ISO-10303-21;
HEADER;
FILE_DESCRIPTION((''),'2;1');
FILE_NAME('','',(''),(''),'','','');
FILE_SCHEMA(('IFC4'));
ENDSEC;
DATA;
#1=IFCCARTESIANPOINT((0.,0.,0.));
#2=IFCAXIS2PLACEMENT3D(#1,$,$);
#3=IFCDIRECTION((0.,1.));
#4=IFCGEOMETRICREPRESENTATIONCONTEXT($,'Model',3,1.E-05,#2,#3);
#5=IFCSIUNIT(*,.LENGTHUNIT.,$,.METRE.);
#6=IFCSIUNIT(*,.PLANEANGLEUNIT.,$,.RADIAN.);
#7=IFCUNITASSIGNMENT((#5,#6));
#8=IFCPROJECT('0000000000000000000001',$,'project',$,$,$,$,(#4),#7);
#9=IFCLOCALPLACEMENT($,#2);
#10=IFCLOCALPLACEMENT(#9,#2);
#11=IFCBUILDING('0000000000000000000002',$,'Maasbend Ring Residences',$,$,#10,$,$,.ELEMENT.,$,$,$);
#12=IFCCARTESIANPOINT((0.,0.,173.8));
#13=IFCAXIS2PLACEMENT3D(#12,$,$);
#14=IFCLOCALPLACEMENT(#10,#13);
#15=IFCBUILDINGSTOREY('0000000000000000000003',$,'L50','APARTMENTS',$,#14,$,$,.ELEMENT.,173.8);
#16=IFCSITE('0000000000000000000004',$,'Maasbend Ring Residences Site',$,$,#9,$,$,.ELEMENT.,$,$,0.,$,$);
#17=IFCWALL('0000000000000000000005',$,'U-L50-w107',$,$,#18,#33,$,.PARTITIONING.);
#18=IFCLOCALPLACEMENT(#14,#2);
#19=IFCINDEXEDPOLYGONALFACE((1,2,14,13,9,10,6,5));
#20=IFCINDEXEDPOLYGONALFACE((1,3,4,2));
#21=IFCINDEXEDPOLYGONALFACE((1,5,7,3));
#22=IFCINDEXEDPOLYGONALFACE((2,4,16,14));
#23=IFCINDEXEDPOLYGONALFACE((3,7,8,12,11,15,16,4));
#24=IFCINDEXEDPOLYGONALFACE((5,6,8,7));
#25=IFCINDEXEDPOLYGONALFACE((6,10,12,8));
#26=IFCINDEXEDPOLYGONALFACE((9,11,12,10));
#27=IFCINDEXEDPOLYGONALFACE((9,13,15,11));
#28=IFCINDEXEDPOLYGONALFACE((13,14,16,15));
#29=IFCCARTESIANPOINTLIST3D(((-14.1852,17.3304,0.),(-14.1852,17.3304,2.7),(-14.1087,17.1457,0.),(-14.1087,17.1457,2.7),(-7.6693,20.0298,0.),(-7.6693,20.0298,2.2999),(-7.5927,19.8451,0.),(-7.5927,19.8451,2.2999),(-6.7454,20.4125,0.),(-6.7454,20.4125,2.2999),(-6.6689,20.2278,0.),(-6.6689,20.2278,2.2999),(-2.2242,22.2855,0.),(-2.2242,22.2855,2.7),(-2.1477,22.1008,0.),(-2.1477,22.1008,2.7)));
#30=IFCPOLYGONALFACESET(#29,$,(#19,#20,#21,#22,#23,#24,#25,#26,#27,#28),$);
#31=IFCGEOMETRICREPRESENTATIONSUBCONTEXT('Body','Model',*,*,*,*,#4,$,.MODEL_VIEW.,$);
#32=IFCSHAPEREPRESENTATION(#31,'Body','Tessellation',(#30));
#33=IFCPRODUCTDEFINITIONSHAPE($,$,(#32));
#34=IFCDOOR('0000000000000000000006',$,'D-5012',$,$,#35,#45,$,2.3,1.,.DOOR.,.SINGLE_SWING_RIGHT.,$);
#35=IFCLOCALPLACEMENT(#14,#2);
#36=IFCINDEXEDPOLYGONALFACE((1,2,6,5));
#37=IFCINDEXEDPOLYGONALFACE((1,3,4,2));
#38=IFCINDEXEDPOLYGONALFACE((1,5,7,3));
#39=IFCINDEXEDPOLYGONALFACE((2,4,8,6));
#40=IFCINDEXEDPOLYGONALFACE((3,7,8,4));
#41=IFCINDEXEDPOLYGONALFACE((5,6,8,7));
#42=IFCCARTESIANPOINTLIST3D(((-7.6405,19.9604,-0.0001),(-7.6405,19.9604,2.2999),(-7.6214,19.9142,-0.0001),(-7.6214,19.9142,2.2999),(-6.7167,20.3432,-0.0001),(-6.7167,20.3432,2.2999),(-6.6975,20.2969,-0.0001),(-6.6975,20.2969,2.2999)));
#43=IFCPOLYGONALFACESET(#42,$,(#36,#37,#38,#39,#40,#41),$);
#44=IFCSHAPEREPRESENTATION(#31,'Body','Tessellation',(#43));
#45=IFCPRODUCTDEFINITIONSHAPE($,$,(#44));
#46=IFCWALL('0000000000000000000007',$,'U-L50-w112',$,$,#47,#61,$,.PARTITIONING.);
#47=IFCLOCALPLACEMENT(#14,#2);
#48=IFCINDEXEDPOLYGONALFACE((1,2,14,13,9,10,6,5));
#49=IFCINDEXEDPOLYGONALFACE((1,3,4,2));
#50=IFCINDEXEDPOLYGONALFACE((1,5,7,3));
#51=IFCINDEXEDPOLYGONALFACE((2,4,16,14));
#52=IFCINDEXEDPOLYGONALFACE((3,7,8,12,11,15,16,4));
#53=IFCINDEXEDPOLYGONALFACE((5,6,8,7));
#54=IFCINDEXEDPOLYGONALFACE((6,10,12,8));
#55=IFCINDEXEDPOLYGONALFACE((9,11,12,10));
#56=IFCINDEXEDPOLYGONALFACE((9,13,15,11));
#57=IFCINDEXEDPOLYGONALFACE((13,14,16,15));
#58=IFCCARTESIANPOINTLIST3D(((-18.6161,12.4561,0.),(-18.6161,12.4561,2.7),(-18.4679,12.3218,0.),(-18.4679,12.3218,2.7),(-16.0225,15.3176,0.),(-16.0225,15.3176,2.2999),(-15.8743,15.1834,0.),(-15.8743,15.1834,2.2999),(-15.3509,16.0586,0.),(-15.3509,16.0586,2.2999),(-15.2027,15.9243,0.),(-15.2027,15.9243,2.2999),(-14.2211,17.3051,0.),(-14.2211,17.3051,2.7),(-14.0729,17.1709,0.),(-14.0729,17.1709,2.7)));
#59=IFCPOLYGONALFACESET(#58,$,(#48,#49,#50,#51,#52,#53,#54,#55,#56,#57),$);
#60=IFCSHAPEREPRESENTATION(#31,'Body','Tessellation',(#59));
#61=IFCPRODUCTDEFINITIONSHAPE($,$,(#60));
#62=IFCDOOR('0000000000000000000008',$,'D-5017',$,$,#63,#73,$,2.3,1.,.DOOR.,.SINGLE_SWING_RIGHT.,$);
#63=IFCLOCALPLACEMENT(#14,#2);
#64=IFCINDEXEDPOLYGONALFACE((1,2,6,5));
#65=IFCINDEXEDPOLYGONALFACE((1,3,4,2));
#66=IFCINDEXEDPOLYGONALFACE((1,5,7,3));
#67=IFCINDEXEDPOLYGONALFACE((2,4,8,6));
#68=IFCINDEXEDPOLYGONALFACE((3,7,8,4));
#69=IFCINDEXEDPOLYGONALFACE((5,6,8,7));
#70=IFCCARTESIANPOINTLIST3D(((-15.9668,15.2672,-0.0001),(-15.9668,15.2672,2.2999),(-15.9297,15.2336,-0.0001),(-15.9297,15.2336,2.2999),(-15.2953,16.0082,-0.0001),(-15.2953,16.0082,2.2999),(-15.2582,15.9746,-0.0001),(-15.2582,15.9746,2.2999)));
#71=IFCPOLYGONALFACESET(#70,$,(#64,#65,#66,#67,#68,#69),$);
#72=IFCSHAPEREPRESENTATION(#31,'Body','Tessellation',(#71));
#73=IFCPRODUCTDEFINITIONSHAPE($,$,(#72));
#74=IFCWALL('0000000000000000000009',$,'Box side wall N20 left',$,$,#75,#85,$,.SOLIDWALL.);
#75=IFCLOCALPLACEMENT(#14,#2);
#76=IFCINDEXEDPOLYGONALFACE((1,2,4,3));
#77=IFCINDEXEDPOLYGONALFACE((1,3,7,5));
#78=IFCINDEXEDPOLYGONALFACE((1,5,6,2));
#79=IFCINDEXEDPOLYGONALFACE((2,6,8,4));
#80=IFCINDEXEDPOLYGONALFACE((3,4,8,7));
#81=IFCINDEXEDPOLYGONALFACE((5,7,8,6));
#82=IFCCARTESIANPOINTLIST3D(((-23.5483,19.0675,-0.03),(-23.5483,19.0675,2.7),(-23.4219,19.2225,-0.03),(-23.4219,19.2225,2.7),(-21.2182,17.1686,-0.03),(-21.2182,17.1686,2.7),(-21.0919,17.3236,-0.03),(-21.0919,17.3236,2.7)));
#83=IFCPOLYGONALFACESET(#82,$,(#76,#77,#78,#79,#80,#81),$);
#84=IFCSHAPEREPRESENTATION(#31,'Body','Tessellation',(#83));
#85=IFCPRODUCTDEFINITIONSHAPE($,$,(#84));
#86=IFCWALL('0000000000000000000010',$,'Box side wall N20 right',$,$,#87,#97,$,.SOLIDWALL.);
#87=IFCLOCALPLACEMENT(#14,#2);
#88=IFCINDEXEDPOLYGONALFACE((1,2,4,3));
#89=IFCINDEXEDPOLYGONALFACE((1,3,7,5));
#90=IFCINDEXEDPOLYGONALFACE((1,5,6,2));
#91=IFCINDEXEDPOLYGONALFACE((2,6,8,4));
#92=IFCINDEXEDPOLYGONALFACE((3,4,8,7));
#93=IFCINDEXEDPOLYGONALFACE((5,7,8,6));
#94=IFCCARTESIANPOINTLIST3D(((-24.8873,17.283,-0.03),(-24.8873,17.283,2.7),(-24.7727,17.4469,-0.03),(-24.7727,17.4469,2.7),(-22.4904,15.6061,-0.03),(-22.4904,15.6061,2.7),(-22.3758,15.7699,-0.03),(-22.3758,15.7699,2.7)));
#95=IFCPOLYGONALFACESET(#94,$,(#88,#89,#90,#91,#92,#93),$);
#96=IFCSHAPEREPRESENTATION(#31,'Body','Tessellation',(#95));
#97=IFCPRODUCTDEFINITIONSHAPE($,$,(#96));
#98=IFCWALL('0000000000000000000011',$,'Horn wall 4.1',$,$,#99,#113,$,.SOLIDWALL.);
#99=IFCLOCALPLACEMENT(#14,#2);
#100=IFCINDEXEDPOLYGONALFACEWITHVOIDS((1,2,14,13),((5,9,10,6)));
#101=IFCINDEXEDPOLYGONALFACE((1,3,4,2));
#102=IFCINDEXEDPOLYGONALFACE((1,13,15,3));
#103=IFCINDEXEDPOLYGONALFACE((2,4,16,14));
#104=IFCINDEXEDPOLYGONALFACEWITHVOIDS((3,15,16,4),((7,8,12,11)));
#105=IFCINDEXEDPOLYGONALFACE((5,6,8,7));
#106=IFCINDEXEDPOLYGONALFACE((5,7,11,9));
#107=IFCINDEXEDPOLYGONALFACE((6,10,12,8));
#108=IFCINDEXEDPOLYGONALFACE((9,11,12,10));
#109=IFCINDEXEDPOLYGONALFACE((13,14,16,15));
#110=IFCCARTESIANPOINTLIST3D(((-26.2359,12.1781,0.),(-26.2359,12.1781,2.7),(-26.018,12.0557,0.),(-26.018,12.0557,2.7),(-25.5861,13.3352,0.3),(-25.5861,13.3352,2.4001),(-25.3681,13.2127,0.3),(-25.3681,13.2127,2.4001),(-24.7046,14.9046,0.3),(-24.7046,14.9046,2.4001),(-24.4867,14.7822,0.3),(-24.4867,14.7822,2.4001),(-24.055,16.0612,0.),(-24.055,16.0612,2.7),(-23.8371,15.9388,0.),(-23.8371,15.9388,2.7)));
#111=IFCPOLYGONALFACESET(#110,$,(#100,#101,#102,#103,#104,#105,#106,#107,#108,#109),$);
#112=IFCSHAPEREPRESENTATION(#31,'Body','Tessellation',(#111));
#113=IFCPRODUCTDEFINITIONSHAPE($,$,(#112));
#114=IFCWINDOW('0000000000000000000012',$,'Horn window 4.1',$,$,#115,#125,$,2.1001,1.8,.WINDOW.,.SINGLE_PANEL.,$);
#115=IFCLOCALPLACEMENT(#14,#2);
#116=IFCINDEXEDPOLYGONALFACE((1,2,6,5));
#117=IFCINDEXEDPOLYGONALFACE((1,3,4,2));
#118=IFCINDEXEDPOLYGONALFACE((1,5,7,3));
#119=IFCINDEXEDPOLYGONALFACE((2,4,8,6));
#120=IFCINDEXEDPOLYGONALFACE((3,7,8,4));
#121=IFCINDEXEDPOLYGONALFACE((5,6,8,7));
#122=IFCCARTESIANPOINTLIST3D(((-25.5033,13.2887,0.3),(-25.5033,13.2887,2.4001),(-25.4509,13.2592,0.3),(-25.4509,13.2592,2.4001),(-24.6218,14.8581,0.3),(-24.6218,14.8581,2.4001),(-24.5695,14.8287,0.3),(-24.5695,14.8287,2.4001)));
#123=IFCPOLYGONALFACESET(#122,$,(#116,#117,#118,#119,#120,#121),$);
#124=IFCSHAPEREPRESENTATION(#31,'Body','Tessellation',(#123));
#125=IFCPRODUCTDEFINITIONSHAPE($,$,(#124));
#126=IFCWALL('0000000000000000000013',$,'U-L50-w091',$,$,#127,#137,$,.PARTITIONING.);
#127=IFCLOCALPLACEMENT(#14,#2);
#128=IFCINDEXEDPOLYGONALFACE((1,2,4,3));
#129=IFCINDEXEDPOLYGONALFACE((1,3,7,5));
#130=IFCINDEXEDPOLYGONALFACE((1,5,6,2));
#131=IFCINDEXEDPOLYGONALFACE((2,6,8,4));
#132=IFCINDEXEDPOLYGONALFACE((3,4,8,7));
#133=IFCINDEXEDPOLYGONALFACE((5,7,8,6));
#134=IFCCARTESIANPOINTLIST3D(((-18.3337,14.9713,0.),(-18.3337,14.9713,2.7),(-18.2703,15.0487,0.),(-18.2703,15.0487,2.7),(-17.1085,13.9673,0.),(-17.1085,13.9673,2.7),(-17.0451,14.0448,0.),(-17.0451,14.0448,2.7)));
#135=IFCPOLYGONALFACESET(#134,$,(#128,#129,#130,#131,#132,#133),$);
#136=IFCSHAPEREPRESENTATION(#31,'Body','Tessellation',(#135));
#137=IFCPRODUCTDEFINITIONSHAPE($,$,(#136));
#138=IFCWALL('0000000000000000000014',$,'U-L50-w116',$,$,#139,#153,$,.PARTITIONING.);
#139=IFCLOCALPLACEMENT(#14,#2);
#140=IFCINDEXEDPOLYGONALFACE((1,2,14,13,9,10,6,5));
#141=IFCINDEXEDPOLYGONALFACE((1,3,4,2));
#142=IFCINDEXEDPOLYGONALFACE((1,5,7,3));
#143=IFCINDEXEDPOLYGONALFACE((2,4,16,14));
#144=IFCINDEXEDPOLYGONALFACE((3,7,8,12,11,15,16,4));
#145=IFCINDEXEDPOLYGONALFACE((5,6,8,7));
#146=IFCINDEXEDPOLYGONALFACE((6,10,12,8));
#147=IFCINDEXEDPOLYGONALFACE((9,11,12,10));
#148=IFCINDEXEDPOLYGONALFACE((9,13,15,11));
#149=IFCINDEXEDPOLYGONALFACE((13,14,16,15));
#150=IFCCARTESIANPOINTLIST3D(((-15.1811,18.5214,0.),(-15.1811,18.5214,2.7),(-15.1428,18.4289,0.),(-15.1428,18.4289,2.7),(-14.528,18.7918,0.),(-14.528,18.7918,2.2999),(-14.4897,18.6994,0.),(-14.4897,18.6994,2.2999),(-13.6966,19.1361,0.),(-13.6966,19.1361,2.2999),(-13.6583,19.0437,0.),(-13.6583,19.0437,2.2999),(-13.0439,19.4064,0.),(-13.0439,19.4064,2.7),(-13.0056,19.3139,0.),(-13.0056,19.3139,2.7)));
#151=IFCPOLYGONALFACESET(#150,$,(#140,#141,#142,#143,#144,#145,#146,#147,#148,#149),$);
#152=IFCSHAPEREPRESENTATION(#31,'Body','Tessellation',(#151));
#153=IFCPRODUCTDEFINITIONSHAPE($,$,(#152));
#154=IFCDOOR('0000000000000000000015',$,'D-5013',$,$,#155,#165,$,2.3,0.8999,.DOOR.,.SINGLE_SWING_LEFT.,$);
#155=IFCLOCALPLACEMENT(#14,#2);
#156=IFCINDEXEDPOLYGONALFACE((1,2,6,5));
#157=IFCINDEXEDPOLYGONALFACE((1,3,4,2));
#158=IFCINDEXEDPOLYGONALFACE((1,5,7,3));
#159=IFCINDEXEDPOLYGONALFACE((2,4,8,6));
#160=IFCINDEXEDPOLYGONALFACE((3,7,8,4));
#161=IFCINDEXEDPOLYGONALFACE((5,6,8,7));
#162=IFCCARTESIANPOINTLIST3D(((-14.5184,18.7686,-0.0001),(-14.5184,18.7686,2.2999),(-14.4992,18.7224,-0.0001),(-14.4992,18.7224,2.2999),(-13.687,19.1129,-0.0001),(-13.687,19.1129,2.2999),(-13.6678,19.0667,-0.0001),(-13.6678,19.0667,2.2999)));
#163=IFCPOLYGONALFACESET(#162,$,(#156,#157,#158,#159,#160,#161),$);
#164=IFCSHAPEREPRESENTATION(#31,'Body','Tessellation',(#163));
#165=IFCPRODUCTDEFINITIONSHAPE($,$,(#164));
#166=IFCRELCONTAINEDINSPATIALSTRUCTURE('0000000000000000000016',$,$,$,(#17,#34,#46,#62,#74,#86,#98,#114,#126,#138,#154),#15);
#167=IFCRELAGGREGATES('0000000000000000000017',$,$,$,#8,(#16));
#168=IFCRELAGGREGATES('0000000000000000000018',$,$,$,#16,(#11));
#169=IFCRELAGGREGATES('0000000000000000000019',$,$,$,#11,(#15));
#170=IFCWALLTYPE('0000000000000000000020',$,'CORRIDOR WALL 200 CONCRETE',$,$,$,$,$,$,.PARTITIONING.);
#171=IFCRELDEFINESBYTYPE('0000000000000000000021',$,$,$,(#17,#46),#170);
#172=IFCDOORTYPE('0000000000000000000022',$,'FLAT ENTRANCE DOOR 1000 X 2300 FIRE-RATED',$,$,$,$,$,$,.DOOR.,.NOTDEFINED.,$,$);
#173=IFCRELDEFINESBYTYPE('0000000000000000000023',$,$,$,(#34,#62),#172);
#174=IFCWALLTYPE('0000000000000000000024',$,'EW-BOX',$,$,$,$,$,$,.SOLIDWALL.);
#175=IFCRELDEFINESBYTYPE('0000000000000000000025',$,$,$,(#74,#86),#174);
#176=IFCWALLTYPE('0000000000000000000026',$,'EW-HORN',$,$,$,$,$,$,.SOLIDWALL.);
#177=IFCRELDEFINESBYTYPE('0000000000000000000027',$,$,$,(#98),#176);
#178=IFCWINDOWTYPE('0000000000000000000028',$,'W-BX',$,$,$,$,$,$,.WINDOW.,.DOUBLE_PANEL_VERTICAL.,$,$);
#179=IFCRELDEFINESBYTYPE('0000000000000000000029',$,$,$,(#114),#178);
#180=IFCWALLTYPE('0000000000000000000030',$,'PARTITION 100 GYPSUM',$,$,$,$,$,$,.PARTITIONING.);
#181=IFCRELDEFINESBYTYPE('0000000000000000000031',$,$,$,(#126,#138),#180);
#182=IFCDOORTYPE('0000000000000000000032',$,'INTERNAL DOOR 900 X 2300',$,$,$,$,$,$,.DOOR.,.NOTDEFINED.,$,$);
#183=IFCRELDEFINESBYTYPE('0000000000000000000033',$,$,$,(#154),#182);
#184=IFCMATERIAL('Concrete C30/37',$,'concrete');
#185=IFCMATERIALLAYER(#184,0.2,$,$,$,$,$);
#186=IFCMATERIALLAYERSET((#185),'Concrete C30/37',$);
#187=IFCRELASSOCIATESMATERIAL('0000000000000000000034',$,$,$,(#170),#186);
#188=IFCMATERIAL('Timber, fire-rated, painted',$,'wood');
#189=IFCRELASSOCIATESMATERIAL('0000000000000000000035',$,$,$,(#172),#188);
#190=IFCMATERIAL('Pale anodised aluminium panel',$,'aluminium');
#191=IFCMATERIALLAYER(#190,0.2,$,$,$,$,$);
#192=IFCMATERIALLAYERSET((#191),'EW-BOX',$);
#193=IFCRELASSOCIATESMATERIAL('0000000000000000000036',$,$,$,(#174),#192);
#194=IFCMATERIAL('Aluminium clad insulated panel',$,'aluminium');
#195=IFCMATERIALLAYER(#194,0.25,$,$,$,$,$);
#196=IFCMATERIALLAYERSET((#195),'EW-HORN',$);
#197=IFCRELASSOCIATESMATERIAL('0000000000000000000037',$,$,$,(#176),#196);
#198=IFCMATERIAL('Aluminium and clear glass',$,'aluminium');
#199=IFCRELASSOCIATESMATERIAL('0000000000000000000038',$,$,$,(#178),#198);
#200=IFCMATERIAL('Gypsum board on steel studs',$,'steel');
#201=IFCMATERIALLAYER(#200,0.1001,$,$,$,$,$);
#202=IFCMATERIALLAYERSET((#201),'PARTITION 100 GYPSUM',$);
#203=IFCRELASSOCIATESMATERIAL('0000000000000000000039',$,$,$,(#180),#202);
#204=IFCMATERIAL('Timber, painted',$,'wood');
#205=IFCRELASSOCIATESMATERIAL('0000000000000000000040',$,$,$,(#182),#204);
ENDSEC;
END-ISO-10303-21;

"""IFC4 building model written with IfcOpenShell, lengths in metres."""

from ifc_helpers import new_model, si_unit, direction, frame, frame_2d, origin, place, context, subcontext, project, spatial, rectangle, extrude, material, layer, layer_set, type_object, element, fill, save


model = new_model("IFC4")

# Units and contexts
model_context = context("Model", 3, precision=1e-05, world=origin(), true_north=direction((0.0, 1.0)))
body_context = subcontext(model_context, "Body", "Model", "MODEL_VIEW")
ifc_project = project(units=[si_unit("LENGTHUNIT", "METRE"), si_unit("PLANEANGLEUNIT", "RADIAN")], contexts=[model_context])

# Site, building, storey
site_placement = place(None, origin())
site = spatial("IfcSite", under=ifc_project, at=site_placement, Name="Maasbend Ring Residences Site", CompositionType="ELEMENT", RefElevation=0.0)
building_placement = place(site_placement, origin())
building = spatial("IfcBuilding", under=site, at=building_placement, Name="Maasbend Ring Residences", CompositionType="ELEMENT")
storey_placement = place(building_placement, frame((0.0, 0.0, 173.8)))
storey = spatial("IfcBuildingStorey", under=building, at=storey_placement, Name="L50", Description="APARTMENTS", CompositionType="ELEMENT", Elevation=173.8)

# Walls, openings, doors
ifc_material_1 = material(Name="Concrete C30/37", Category="concrete")
ifc_layer_1 = layer(ifc_material_1, 0.2)
ifc_layer_set_1 = layer_set([ifc_layer_1], Name="Concrete C30/37")
wall_type_1 = type_object("IfcWallType", Name="CORRIDOR WALL 200 CONCRETE", PredefinedType="PARTITIONING", material=ifc_layer_set_1)
wall_1_placement = place(storey_placement, frame((-14.147, 17.238, 0.0), z_axis=(0.0, 0.0, 1.0), x_axis=(0.923861, 0.382729, 0.0)))
wall_1 = element("IfcWall", 1, at=wall_1_placement, inside=storey, type_object=wall_type_1, Name="U-L50-w107", PredefinedType="PARTITIONING", context=body_context, shape_type="SweptSolid", body=[
    extrude(rectangle(XDim=12.9468, YDim=0.2, at=frame_2d((6.4734, 0.0))), origin(), (0.0, 0.0, 1.0), 2.7),
])
opening_1_placement = place(wall_1_placement, frame((7.053, 0.0, 0.0)))
opening_1 = element("IfcOpeningElement", 2, at=opening_1_placement, cuts=wall_1, PredefinedType="OPENING", context=body_context, shape_type="SweptSolid", body=[
    extrude(rectangle(XDim=1.0, YDim=2.3, at=frame_2d((0.5, 1.1499))), frame((0.0, 0.1099, 0.0), z_axis=(0.0, -1.0, 0.0), x_axis=(1.0, 0.0, 0.0)), (0.0, 0.0, 1.0), 0.22),
])
ifc_material_2 = material(Name="Timber, fire-rated, painted", Category="wood")
door_type_1 = type_object("IfcDoorType", Name="FLAT ENTRANCE DOOR 1000 X 2300 FIRE-RATED", OperationType="NOTDEFINED", PredefinedType="DOOR", material=ifc_material_2)
door_1_placement = place(opening_1_placement, origin())
door_1 = element("IfcDoor", 3, at=door_1_placement, inside=storey, type_object=door_type_1, Name="D-5012", OperationType="SINGLE_SWING_RIGHT", OverallHeight=2.3, OverallWidth=1.0, PredefinedType="DOOR", context=body_context, shape_type="SweptSolid", body=[
    extrude(rectangle(XDim=1.0, YDim=2.3, at=frame_2d((0.5, 1.1499))), frame((0.0, 0.0249, 0.0), z_axis=(0.0, -1.0, 0.0), x_axis=(1.0, 0.0, 0.0)), (0.0, 0.0, 1.0), 0.05),
])
fill(opening_1, door_1)
wall_2_placement = place(storey_placement, frame((-18.542, 12.3889, 0.0), z_axis=(0.0, 0.0, 1.0), x_axis=(0.671562, 0.740949, 0.0)))
wall_2 = element("IfcWall", 4, at=wall_2_placement, inside=storey, type_object=wall_type_1, Name="U-L50-w112", PredefinedType="PARTITIONING", context=body_context, shape_type="SweptSolid", body=[
    extrude(rectangle(XDim=6.5444, YDim=0.2, at=frame_2d((3.2722, 0.0))), origin(), (0.0, 0.0, 1.0), 2.7),
])
opening_2_placement = place(wall_2_placement, frame((3.8621, 0.0, 0.0)))
opening_2 = element("IfcOpeningElement", 5, at=opening_2_placement, cuts=wall_2, PredefinedType="OPENING", context=body_context, shape_type="SweptSolid", body=[
    extrude(rectangle(XDim=1.0, YDim=2.3, at=frame_2d((0.5, 1.1499))), frame((0.0, 0.1099, 0.0), z_axis=(0.0, -1.0, 0.0), x_axis=(1.0, 0.0, 0.0)), (0.0, 0.0, 1.0), 0.22),
])
door_2_placement = place(opening_2_placement, origin())
door_2 = element("IfcDoor", 6, at=door_2_placement, inside=storey, type_object=door_type_1, Name="D-5017", OperationType="SINGLE_SWING_RIGHT", OverallHeight=2.3, OverallWidth=1.0, PredefinedType="DOOR", context=body_context, shape_type="SweptSolid", body=[
    extrude(rectangle(XDim=1.0, YDim=2.3, at=frame_2d((0.5, 1.1499))), frame((0.0, 0.0249, 0.0), z_axis=(0.0, -1.0, 0.0), x_axis=(1.0, 0.0, 0.0)), (0.0, 0.0, 1.0), 0.05),
])
fill(opening_2, door_2)

# Walls
ifc_material_3 = material(Name="Pale anodised aluminium panel", Category="aluminium")
ifc_layer_2 = layer(ifc_material_3, 0.2)
ifc_layer_set_2 = layer_set([ifc_layer_2], Name="EW-BOX")
wall_type_2 = type_object("IfcWallType", Name="EW-BOX", PredefinedType="SOLIDWALL", material=ifc_layer_set_2)
wall_3_placement = place(storey_placement, frame((-21.155, 17.2461, -0.03), z_axis=(0.0, 0.0, 1.0), x_axis=(-0.775179, 0.631742, 0.0)))
element("IfcWall", 7, at=wall_3_placement, inside=storey, type_object=wall_type_2, Name="Box side wall N20 left", PredefinedType="SOLIDWALL", context=body_context, shape_type="SweptSolid", body=[
    extrude(rectangle(XDim=3.0059, YDim=0.2, at=frame_2d((1.5029, 0.0))), origin(), (0.0, 0.0, 1.0), 2.73),
])
wall_4_placement = place(storey_placement, frame((-22.4331, 15.688, -0.03), z_axis=(0.0, 0.0, 1.0), x_axis=(-0.819373, 0.573261, 0.0)))
element("IfcWall", 8, at=wall_4_placement, inside=storey, type_object=wall_type_2, Name="Box side wall N20 right", PredefinedType="SOLIDWALL", context=body_context, shape_type="SweptSolid", body=[
    extrude(rectangle(XDim=2.9253, YDim=0.2, at=frame_2d((1.4626, 0.0))), origin(), (0.0, 0.0, 1.0), 2.73),
])

# Wall, opening, window
ifc_material_4 = material(Name="Aluminium clad insulated panel", Category="aluminium")
ifc_layer_3 = layer(ifc_material_4, 0.25)
ifc_layer_set_3 = layer_set([ifc_layer_3], Name="EW-HORN")
wall_type_3 = type_object("IfcWallType", Name="EW-HORN", PredefinedType="SOLIDWALL", material=ifc_layer_set_3)
wall_5_placement = place(storey_placement, frame((-23.946, 16.0, 0.0), z_axis=(0.0, 0.0, 1.0), x_axis=(-0.489696, -0.871893, 0.0)))
wall_5 = element("IfcWall", 9, at=wall_5_placement, inside=storey, type_object=wall_type_3, Name="Horn wall 4.1", PredefinedType="SOLIDWALL", context=body_context, shape_type="SweptSolid", body=[
    extrude(rectangle(XDim=4.4536, YDim=0.25, at=frame_2d((2.2268, 0.0))), origin(), (0.0, 0.0, 1.0), 2.7),
])
opening_3_placement = place(wall_5_placement, frame((1.3267, 0.0, 0.3)))
opening_3 = element("IfcOpeningElement", 10, at=opening_3_placement, cuts=wall_5, PredefinedType="OPENING", context=body_context, shape_type="SweptSolid", body=[
    extrude(rectangle(XDim=1.8, YDim=2.1001, at=frame_2d((0.8999, 1.05))), frame((0.0, 0.135, 0.0), z_axis=(0.0, -1.0, 0.0), x_axis=(1.0, 0.0, 0.0)), (0.0, 0.0, 1.0), 0.27),
])
ifc_material_5 = material(Name="Aluminium and clear glass", Category="aluminium")
window_type = type_object("IfcWindowType", Name="W-BX", PartitioningType="DOUBLE_PANEL_VERTICAL", PredefinedType="WINDOW", material=ifc_material_5)
window_placement = place(opening_3_placement, origin())
window = element("IfcWindow", 11, at=window_placement, inside=storey, type_object=window_type, Name="Horn window 4.1", OverallHeight=2.1001, OverallWidth=1.8, PartitioningType="SINGLE_PANEL", PredefinedType="WINDOW", context=body_context, shape_type="SweptSolid", body=[
    extrude(rectangle(XDim=1.8, YDim=2.1001, at=frame_2d((0.8999, 1.05))), frame((0.0, 0.03, 0.0), z_axis=(0.0, -1.0, 0.0), x_axis=(1.0, 0.0, 0.0)), (0.0, 0.0, 1.0), 0.0601),
])
fill(opening_3, window)

# Wall
ifc_material_6 = material(Name="Gypsum board on steel studs", Category="steel")
ifc_layer_4 = layer(ifc_material_6, 0.1001)
ifc_layer_set_4 = layer_set([ifc_layer_4], Name="PARTITION 100 GYPSUM")
wall_type_4 = type_object("IfcWallType", Name="PARTITION 100 GYPSUM", PredefinedType="PARTITIONING", material=ifc_layer_set_4)
wall_6_placement = place(storey_placement, frame((-18.302, 15.01, 0.0), z_axis=(0.0, 0.0, 1.0), x_axis=(0.773476, -0.633825, 0.0)))
element("IfcWall", 12, at=wall_6_placement, inside=storey, type_object=wall_type_4, Name="U-L50-w091", PredefinedType="PARTITIONING", context=body_context, shape_type="SweptSolid", body=[
    extrude(rectangle(XDim=1.584, YDim=0.1001, at=frame_2d((0.792, 0.0))), origin(), (0.0, 0.0, 1.0), 2.7),
])

# Wall, opening, door
wall_7_placement = place(storey_placement, frame((-15.1621, 18.4751, 0.0), z_axis=(0.0, 0.0, 1.0), x_axis=(0.923918, 0.382591, 0.0)))
wall_7 = element("IfcWall", 13, at=wall_7_placement, inside=storey, type_object=wall_type_4, Name="U-L50-w116", PredefinedType="PARTITIONING", context=body_context, shape_type="SweptSolid", body=[
    extrude(rectangle(XDim=2.3132, YDim=0.1001, at=frame_2d((1.1567, 0.0))), origin(), (0.0, 0.0, 1.0), 2.7),
])
opening_4_placement = place(wall_7_placement, frame((0.707, 0.0, 0.0)))
opening_4 = element("IfcOpeningElement", 14, at=opening_4_placement, cuts=wall_7, PredefinedType="OPENING", context=body_context, shape_type="SweptSolid", body=[
    extrude(rectangle(XDim=0.8999, YDim=2.3, at=frame_2d((0.45, 1.1499))), frame((0.0, 0.0601, 0.0), z_axis=(0.0, -1.0, 0.0), x_axis=(1.0, 0.0, 0.0)), (0.0, 0.0, 1.0), 0.1201),
])
ifc_material_7 = material(Name="Timber, painted", Category="wood")
door_type_2 = type_object("IfcDoorType", Name="INTERNAL DOOR 900 X 2300", OperationType="NOTDEFINED", PredefinedType="DOOR", material=ifc_material_7)
door_3_placement = place(opening_4_placement, origin())
door_3 = element("IfcDoor", 15, at=door_3_placement, inside=storey, type_object=door_type_2, Name="D-5013", OperationType="SINGLE_SWING_LEFT", OverallHeight=2.3, OverallWidth=0.8999, PredefinedType="DOOR", context=body_context, shape_type="SweptSolid", body=[
    extrude(rectangle(XDim=0.8999, YDim=2.3, at=frame_2d((0.45, 1.1499))), frame((0.0, 0.0249, 0.0), z_axis=(0.0, -1.0, 0.0), x_axis=(1.0, 0.0, 0.0)), (0.0, 0.0, 1.0), 0.05),
])
fill(opening_4, door_3)

save(model, "model.ifc")
